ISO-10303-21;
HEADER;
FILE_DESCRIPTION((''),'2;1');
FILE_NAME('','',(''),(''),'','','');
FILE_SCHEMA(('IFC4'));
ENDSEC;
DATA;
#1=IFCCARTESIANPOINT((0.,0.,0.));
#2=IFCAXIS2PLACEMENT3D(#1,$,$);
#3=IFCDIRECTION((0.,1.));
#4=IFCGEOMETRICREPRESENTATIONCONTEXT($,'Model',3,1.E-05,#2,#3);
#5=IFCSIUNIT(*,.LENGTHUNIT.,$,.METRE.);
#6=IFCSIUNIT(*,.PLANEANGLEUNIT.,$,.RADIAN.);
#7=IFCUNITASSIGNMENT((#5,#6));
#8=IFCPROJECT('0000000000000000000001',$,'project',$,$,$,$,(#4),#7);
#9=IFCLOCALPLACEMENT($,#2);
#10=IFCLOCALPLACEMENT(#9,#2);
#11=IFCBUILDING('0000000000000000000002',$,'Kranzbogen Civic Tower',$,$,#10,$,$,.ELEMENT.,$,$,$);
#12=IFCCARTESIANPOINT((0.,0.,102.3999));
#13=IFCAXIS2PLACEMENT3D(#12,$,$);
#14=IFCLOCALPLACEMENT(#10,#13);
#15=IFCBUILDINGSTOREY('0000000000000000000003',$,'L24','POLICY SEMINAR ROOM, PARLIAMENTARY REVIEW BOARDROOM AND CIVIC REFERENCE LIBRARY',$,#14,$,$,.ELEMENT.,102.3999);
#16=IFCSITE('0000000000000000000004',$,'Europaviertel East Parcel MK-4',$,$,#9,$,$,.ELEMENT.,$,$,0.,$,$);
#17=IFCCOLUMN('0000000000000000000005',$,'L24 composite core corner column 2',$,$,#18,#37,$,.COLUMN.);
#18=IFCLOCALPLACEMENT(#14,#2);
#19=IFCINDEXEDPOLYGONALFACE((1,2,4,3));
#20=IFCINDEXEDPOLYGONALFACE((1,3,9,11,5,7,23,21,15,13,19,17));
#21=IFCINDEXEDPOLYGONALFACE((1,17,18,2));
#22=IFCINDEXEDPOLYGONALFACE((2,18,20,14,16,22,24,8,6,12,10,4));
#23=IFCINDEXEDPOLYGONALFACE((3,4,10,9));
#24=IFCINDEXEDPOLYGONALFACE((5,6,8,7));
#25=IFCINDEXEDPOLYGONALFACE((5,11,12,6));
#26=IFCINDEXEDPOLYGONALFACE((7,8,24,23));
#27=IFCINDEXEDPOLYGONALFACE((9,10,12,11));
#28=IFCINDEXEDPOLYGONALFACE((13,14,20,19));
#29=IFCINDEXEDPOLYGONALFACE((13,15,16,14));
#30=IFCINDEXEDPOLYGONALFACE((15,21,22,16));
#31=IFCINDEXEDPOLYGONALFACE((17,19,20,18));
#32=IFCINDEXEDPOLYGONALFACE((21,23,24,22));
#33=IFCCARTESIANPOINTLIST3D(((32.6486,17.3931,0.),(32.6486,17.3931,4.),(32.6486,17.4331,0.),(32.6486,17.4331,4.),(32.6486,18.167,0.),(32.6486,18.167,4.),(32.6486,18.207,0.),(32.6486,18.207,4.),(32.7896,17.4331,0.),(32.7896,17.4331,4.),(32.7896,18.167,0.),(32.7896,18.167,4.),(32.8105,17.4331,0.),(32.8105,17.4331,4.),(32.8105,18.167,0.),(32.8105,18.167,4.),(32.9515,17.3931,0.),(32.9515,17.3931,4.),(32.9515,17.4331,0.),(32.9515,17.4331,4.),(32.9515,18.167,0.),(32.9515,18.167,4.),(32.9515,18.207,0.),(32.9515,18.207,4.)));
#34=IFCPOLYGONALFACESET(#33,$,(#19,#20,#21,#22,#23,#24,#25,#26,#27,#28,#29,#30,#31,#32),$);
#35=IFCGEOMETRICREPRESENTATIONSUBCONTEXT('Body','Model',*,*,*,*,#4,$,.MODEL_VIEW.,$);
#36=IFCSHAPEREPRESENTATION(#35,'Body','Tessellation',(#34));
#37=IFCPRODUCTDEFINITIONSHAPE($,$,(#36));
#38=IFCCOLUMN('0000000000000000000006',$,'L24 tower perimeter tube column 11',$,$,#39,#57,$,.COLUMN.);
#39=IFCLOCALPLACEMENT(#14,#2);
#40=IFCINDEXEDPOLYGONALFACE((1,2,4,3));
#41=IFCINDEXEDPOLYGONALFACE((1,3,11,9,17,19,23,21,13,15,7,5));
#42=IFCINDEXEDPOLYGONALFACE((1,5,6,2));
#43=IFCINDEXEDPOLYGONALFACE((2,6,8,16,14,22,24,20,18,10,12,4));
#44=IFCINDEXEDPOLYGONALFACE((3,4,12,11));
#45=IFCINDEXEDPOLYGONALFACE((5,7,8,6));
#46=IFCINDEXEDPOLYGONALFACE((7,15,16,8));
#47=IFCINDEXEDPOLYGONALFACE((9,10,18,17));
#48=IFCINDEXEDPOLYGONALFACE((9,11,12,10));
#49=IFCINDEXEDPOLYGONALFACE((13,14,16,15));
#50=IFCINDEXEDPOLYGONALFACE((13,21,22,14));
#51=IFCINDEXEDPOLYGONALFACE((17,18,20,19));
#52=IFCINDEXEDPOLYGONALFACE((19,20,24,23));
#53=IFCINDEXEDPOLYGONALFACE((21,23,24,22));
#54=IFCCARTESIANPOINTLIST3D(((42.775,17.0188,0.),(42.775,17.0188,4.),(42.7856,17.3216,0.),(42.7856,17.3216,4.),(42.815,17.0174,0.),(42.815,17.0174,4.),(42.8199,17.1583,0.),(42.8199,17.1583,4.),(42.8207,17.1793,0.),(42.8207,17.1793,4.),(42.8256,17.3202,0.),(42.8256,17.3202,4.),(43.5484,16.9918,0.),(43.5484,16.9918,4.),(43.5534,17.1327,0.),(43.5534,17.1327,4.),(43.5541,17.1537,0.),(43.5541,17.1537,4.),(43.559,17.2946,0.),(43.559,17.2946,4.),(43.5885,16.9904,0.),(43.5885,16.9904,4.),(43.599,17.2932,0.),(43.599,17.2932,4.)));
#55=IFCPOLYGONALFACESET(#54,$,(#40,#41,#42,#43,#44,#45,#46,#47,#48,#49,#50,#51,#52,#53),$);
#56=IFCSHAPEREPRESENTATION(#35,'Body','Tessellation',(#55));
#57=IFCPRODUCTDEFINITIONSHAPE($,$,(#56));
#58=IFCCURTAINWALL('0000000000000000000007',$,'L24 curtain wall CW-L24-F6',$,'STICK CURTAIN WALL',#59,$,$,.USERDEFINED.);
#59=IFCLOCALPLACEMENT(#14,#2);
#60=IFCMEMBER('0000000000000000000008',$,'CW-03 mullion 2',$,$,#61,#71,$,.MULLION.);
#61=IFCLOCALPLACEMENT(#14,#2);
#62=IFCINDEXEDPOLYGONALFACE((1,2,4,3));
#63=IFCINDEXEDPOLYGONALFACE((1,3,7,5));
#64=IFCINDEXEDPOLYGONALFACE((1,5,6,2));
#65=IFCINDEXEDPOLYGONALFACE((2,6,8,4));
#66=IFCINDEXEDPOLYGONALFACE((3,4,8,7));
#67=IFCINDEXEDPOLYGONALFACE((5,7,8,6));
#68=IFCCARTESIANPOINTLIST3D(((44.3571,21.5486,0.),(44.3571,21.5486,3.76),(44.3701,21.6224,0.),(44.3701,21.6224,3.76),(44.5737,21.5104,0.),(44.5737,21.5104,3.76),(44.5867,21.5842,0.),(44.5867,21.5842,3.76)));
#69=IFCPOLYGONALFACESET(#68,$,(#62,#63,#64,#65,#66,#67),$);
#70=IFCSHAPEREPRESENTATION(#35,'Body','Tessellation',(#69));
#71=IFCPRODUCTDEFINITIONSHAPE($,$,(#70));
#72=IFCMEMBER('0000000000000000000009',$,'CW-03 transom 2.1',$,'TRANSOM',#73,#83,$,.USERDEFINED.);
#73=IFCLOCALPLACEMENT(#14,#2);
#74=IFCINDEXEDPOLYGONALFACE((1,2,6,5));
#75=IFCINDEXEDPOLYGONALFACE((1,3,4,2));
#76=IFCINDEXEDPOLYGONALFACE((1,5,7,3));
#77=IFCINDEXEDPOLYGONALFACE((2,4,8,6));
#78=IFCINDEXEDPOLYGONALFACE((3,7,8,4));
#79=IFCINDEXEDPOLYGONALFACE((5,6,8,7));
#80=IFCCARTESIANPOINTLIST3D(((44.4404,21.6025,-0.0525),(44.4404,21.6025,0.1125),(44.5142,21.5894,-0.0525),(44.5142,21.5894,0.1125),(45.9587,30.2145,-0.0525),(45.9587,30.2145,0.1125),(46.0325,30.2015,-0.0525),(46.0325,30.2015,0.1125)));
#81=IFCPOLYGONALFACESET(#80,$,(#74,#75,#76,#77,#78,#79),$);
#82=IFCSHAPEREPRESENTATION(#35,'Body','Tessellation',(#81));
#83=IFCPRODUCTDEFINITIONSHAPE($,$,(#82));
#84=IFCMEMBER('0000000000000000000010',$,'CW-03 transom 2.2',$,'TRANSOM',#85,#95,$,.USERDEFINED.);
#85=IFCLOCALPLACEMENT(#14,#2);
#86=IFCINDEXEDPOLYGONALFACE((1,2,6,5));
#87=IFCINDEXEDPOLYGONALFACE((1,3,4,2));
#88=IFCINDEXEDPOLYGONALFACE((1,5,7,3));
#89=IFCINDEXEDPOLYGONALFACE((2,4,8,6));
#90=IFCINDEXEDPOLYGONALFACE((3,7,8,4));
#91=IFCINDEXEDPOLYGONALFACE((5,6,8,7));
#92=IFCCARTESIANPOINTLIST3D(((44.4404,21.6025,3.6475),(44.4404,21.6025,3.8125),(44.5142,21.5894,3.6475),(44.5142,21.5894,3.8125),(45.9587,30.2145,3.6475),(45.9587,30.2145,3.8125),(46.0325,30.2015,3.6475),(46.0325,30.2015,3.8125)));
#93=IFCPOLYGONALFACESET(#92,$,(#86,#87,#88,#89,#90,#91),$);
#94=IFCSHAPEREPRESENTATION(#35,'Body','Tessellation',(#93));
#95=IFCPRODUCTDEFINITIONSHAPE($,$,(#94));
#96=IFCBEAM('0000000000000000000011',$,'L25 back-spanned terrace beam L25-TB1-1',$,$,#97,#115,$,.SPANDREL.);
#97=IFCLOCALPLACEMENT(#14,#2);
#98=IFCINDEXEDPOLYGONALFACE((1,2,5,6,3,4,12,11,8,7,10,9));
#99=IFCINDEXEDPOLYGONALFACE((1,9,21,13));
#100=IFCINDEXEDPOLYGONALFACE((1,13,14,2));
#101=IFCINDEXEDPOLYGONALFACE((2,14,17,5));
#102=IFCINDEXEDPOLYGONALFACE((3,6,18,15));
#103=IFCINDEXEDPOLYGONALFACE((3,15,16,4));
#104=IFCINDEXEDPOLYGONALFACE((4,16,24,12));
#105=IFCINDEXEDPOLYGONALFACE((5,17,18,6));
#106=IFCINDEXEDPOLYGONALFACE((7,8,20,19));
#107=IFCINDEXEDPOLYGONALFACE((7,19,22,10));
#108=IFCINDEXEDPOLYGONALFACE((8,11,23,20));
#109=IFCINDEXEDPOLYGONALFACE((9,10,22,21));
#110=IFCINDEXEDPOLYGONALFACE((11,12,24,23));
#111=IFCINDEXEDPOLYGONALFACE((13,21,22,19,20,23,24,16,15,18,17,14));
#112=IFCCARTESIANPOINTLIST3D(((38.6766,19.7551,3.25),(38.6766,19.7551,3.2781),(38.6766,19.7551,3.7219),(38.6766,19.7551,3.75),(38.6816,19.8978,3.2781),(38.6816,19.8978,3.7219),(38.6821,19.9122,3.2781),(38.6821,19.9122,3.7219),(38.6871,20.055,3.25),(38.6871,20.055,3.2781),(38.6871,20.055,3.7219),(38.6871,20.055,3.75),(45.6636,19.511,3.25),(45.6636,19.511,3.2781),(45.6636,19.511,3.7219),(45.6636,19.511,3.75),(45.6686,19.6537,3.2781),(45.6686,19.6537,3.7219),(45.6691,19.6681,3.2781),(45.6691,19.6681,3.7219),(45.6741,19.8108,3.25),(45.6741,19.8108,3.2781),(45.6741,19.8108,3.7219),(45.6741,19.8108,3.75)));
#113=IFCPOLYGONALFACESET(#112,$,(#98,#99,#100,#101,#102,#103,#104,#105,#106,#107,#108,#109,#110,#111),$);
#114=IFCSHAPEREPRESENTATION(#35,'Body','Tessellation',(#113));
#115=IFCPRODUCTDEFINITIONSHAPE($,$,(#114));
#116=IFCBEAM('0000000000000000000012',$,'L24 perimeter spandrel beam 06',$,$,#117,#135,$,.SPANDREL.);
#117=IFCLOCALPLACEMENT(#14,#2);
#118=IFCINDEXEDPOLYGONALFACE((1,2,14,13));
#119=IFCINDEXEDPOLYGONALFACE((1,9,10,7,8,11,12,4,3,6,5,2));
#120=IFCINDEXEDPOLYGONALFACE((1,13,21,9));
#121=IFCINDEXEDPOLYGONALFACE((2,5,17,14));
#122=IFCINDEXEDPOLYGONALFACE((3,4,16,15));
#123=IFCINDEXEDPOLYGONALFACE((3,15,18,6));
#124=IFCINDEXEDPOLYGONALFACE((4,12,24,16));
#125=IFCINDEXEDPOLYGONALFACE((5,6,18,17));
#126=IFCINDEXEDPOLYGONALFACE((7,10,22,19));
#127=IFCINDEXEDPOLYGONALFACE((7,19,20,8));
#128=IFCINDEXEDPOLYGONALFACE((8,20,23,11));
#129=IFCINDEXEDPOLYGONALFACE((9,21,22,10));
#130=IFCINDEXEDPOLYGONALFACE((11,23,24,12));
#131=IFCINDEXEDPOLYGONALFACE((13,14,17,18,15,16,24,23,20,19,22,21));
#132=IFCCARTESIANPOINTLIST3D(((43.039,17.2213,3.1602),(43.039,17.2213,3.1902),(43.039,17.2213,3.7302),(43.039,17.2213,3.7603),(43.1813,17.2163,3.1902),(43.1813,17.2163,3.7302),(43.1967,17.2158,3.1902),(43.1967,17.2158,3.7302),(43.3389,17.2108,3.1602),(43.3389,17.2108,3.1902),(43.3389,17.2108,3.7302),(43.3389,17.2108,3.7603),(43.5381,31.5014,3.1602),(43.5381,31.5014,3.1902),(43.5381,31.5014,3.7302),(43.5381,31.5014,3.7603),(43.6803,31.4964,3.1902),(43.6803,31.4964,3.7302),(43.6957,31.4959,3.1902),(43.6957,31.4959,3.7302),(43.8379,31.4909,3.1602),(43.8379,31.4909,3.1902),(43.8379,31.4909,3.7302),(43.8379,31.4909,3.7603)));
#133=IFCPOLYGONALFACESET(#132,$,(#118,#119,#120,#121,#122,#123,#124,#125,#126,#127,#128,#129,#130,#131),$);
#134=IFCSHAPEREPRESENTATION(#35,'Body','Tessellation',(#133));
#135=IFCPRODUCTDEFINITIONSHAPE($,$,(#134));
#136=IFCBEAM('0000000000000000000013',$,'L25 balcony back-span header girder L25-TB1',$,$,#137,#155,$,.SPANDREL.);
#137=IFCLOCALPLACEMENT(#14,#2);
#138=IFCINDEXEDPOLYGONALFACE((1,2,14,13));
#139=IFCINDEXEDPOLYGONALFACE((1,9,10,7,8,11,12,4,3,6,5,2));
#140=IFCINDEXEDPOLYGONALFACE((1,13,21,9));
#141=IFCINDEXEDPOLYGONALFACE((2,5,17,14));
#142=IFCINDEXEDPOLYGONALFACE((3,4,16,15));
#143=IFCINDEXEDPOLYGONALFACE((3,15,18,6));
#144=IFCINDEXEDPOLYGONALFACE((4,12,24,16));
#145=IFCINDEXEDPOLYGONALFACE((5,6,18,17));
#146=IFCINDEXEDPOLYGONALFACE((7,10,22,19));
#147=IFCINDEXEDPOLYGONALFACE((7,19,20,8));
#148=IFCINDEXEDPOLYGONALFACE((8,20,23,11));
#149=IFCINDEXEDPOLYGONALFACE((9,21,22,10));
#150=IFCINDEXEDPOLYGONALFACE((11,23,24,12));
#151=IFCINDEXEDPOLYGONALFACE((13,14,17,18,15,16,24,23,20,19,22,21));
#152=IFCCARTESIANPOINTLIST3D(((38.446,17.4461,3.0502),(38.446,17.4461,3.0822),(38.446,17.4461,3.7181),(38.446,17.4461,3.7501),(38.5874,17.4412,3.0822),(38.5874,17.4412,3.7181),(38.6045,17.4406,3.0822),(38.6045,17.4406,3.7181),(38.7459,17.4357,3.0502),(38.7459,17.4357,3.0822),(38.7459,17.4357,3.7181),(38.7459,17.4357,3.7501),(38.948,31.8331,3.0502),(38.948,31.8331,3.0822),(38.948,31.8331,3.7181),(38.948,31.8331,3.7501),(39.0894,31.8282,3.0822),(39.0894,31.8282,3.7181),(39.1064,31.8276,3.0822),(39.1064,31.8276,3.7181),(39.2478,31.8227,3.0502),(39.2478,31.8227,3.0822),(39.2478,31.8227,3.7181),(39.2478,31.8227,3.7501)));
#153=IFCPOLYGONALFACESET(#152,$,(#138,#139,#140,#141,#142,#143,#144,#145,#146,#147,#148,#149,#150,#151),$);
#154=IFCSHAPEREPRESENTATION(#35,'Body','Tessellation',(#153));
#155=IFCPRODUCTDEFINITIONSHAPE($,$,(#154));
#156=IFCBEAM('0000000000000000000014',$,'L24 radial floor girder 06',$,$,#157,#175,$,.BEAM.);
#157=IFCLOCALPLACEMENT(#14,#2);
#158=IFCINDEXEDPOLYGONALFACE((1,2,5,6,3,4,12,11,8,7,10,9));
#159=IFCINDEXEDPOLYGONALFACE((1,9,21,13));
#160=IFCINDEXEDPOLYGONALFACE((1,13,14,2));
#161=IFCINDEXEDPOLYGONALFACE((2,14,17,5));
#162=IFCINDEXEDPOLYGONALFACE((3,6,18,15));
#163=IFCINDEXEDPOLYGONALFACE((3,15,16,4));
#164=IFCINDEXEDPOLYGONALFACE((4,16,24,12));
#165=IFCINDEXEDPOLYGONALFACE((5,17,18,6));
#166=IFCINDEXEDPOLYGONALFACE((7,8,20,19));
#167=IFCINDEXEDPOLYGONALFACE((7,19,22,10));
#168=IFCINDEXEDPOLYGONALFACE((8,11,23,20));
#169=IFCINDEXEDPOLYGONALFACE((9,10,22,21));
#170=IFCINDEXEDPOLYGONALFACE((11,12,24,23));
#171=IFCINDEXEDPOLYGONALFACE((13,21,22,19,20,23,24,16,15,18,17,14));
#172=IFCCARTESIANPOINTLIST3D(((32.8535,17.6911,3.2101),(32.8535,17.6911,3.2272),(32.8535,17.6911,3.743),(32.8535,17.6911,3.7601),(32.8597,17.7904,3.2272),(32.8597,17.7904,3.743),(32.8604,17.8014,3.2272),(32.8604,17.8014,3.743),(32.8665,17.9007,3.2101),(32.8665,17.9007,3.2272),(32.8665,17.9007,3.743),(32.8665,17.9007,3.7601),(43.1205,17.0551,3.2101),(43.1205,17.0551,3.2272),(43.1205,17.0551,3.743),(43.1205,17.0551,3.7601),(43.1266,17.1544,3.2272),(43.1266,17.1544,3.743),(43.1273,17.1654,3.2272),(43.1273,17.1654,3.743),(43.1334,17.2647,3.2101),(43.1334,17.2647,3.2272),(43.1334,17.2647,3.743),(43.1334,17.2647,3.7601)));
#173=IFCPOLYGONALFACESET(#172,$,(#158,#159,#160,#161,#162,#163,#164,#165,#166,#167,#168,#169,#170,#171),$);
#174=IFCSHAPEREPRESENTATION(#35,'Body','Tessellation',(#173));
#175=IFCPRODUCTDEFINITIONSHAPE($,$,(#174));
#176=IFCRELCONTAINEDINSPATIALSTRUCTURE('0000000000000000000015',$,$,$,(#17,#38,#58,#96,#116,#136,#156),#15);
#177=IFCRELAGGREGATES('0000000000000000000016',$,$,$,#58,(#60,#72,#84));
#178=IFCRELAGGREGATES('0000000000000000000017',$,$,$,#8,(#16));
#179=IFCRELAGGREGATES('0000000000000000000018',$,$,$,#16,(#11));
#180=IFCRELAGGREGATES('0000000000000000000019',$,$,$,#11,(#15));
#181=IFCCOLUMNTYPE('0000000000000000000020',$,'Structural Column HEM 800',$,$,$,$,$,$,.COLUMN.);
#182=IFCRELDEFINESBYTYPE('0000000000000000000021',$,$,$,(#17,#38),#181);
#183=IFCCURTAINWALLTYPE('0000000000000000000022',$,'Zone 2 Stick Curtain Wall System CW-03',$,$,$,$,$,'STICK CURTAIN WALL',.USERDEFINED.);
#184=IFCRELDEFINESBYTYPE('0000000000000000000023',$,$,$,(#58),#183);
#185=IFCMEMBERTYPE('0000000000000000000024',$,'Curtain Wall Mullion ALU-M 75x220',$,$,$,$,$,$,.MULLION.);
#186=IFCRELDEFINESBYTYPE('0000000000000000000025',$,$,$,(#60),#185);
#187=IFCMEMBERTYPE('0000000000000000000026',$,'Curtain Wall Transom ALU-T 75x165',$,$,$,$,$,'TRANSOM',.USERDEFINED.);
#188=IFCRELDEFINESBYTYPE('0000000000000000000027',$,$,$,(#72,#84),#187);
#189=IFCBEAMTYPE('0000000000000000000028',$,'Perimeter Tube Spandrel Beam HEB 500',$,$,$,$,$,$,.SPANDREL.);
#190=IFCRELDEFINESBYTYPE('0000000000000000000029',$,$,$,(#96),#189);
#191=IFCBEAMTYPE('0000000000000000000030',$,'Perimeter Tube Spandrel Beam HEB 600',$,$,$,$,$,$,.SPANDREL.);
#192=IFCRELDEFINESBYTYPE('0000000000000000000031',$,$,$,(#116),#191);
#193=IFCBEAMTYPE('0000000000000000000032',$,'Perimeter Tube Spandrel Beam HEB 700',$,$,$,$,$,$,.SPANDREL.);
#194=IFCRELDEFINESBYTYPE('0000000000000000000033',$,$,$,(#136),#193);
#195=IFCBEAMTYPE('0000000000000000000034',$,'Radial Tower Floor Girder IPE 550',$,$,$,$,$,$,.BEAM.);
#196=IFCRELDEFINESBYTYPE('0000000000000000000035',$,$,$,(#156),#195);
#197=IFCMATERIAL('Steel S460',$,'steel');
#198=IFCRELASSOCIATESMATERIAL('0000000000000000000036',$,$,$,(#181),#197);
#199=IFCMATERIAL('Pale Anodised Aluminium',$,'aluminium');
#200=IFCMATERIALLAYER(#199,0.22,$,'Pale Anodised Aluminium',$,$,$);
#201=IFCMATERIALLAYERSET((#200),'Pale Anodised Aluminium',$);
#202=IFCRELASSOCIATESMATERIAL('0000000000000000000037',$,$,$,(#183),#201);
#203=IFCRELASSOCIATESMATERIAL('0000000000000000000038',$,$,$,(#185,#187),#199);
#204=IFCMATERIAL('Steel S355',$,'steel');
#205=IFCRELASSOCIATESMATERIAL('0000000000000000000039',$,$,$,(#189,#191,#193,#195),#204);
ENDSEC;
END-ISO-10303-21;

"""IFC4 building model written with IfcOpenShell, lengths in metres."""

from ifc_helpers import new_model, si_unit, direction, frame, origin, origin_2d, place, context, subcontext, project, spatial, rectangle, i_section, extrude, material, layer, layer_set, material_profile, profile_set, type_object, element, aggregate, save


model = new_model("IFC4")

# Units and contexts
model_context = context("Model", 3, precision=1e-05, world=origin(), true_north=direction((0.0, 1.0)))
body_context = subcontext(model_context, "Body", "Model", "MODEL_VIEW")
ifc_project = project(units=[si_unit("LENGTHUNIT", "METRE"), si_unit("PLANEANGLEUNIT", "RADIAN")], contexts=[model_context])

# Site, building, storey
site_placement = place(None, origin())
site = spatial("IfcSite", under=ifc_project, at=site_placement, Name="Europaviertel East Parcel MK-4", CompositionType="ELEMENT", RefElevation=0.0)
building_placement = place(site_placement, origin())
building = spatial("IfcBuilding", under=site, at=building_placement, Name="Kranzbogen Civic Tower", CompositionType="ELEMENT")
storey_placement = place(building_placement, frame((0.0, 0.0, 102.3999)))
storey = spatial("IfcBuildingStorey", under=building, at=storey_placement, Name="L24", Description="POLICY SEMINAR ROOM, PARLIAMENTARY REVIEW BOARDROOM AND CIVIC REFERENCE LIBRARY", CompositionType="ELEMENT", Elevation=102.3999)

# Columns
ifc_material_1 = material(Name="Steel S460", Category="steel")
ifc_material_profile_1 = material_profile(ifc_material_1, i_section(OverallWidth=0.303, OverallDepth=0.814, WebThickness=0.021, FlangeThickness=0.04, at=origin_2d()), Name="HEM 800")
ifc_profile_set_1 = profile_set([ifc_material_profile_1], Name="Steel S460")
column_type = type_object("IfcColumnType", Name="Structural Column HEM 800", PredefinedType="COLUMN", material=ifc_profile_set_1)
for number, where, z_axis, x_axis, name in (
    (1, (32.8, 17.8, 0.0), (0.0, 0.0, 1.0), (1.0, 0.0, 0.0), "L24 composite core corner column 2"),
    (2, (43.187, 17.156, 0.0), (0.0, 0.0, 1.0), (0.034899, 0.999391, 0.0), "L24 tower perimeter tube column 11"),
):
    element("IfcColumn", number, at=place(storey_placement, frame(where, z_axis=z_axis, x_axis=x_axis)), inside=storey, type_object=column_type, Name=name, PredefinedType="COLUMN", context=body_context, shape_type="SweptSolid", body=[
        extrude(i_section(OverallWidth=0.303, OverallDepth=0.814, WebThickness=0.021, FlangeThickness=0.04, at=origin_2d()), origin(), (0.0, 0.0, 1.0), 4.0),
    ])

# Curtain wall, members
ifc_material_2 = material(Name="Pale Anodised Aluminium", Category="aluminium")
ifc_layer_1 = layer(ifc_material_2, 0.22, Name="Pale Anodised Aluminium")
ifc_layer_set_1 = layer_set([ifc_layer_1], Name="Pale Anodised Aluminium")
curtain_wall_type = type_object("IfcCurtainWallType", Name="Zone 2 Stick Curtain Wall System CW-03", ElementType="STICK CURTAIN WALL", PredefinedType="USERDEFINED", material=ifc_layer_set_1)
curtain_wall_placement = place(storey_placement, origin())
curtain_wall = element("IfcCurtainWall", 3, at=curtain_wall_placement, inside=storey, type_object=curtain_wall_type, Name="L24 curtain wall CW-L24-F6", ObjectType="STICK CURTAIN WALL", PredefinedType="USERDEFINED")
ifc_material_profile_2 = material_profile(ifc_material_2, rectangle(XDim=0.075, YDim=0.22, at=origin_2d()), Name="ALU-M 75x220")
ifc_profile_set_2 = profile_set([ifc_material_profile_2], Name="Pale Anodised Aluminium")
member_type_1 = type_object("IfcMemberType", Name="Curtain Wall Mullion ALU-M 75x220", PredefinedType="MULLION", material=ifc_profile_set_2)
member_1_placement = place(storey_placement, frame((44.4719, 21.5664, 0.0), z_axis=(0.0, 0.0, 1.0), x_axis=(0.173634, 0.98481, 0.0)))
member_1 = element("IfcMember", 4, at=member_1_placement, type_object=member_type_1, Name="CW-03 mullion 2", PredefinedType="MULLION", context=body_context, shape_type="SweptSolid", body=[
    extrude(rectangle(XDim=0.075, YDim=0.22, at=origin_2d()), origin(), (0.0, 0.0, 1.0), 3.76),
])
ifc_material_profile_3 = material_profile(ifc_material_2, rectangle(XDim=0.075, YDim=0.165, at=origin_2d()), Name="ALU-T 75x165")
ifc_profile_set_3 = profile_set([ifc_material_profile_3], Name="Pale Anodised Aluminium")
member_type_2 = type_object("IfcMemberType", Name="Curtain Wall Transom ALU-T 75x165", ElementType="TRANSOM", PredefinedType="USERDEFINED", material=ifc_profile_set_3)
member_2_placement = place(storey_placement, frame((44.4773, 21.5959, 0.03), z_axis=(0.173623, 0.984812, 0.0), x_axis=(-0.984812, 0.173623, 0.0)))
member_2 = element("IfcMember", 5, at=member_2_placement, type_object=member_type_2, Name="CW-03 transom 2.1", ObjectType="TRANSOM", PredefinedType="USERDEFINED", context=body_context, shape_type="SweptSolid", body=[
    extrude(rectangle(XDim=0.075, YDim=0.165, at=origin_2d()), origin(), (0.0, 0.0, 1.0), 8.7449),
])
member_3_placement = place(storey_placement, frame((44.4773, 21.5959, 3.73), z_axis=(0.173623, 0.984812, 0.0), x_axis=(-0.984812, 0.173623, 0.0)))
member_3 = element("IfcMember", 6, at=member_3_placement, type_object=member_type_2, Name="CW-03 transom 2.2", ObjectType="TRANSOM", PredefinedType="USERDEFINED", context=body_context, shape_type="SweptSolid", body=[
    extrude(rectangle(XDim=0.075, YDim=0.165, at=origin_2d()), origin(), (0.0, 0.0, 1.0), 8.7449),
])

# Beams
ifc_material_3 = material(Name="Steel S355", Category="steel")
ifc_material_profile_4 = material_profile(ifc_material_3, i_section(OverallWidth=0.3, OverallDepth=0.5, WebThickness=0.0144, FlangeThickness=0.0281, at=origin_2d()), Name="HEB 500")
ifc_profile_set_4 = profile_set([ifc_material_profile_4], Name="Steel S355")
beam_type_1 = type_object("IfcBeamType", Name="Perimeter Tube Spandrel Beam HEB 500", PredefinedType="SPANDREL", material=ifc_profile_set_4)
beam_1_placement = place(storey_placement, frame((38.6819, 19.905, 3.5), z_axis=(0.99939, -0.034921, 0.0), x_axis=(0.034921, 0.99939, 0.0)))
element("IfcBeam", 7, at=beam_1_placement, inside=storey, type_object=beam_type_1, Name="L25 back-spanned terrace beam L25-TB1-1", PredefinedType="SPANDREL", context=body_context, shape_type="SweptSolid", body=[
    extrude(i_section(OverallWidth=0.3, OverallDepth=0.5, WebThickness=0.0144, FlangeThickness=0.0281, at=origin_2d()), origin(), (0.0, 0.0, 1.0), 6.9912),
])
ifc_material_profile_5 = material_profile(ifc_material_3, i_section(OverallWidth=0.3, OverallDepth=0.6001, WebThickness=0.0154, FlangeThickness=0.03, at=origin_2d()), Name="HEB 600")
ifc_profile_set_5 = profile_set([ifc_material_profile_5], Name="Steel S355")
beam_type_2 = type_object("IfcBeamType", Name="Perimeter Tube Spandrel Beam HEB 600", PredefinedType="SPANDREL", material=ifc_profile_set_5)
beam_2_placement = place(storey_placement, frame((43.189, 17.2161, 3.4602), z_axis=(0.034924, 0.99939, 0.0), x_axis=(-0.99939, 0.034924, 0.0)))
element("IfcBeam", 8, at=beam_2_placement, inside=storey, type_object=beam_type_2, Name="L24 perimeter spandrel beam 06", PredefinedType="SPANDREL", context=body_context, shape_type="SweptSolid", body=[
    extrude(i_section(OverallWidth=0.3, OverallDepth=0.6001, WebThickness=0.0154, FlangeThickness=0.03, at=origin_2d()), origin(), (0.0, 0.0, 1.0), 14.2888),
])
ifc_material_profile_6 = material_profile(ifc_material_3, i_section(OverallWidth=0.3, OverallDepth=0.7, WebThickness=0.0171, FlangeThickness=0.032, at=origin_2d()), Name="HEB 700")
ifc_profile_set_6 = profile_set([ifc_material_profile_6], Name="Steel S355")
beam_type_3 = type_object("IfcBeamType", Name="Perimeter Tube Spandrel Beam HEB 700", PredefinedType="SPANDREL", material=ifc_profile_set_6)
beam_3_placement = place(storey_placement, frame((38.5959, 17.4409, 3.4001), z_axis=(0.034868, 0.999392, 0.0), x_axis=(-0.999392, 0.034868, 0.0)))
element("IfcBeam", 9, at=beam_3_placement, inside=storey, type_object=beam_type_3, Name="L25 balcony back-span header girder L25-TB1", PredefinedType="SPANDREL", context=body_context, shape_type="SweptSolid", body=[
    extrude(i_section(OverallWidth=0.3, OverallDepth=0.7, WebThickness=0.0171, FlangeThickness=0.032, at=origin_2d()), origin(), (0.0, 0.0, 1.0), 14.3958),
])
ifc_material_profile_7 = material_profile(ifc_material_3, i_section(OverallWidth=0.21, OverallDepth=0.55, WebThickness=0.011, FlangeThickness=0.0171, at=origin_2d()), Name="IPE 550")
ifc_profile_set_7 = profile_set([ifc_material_profile_7], Name="Steel S355")
beam_type_4 = type_object("IfcBeamType", Name="Radial Tower Floor Girder IPE 550", PredefinedType="BEAM", material=ifc_profile_set_7)
beam_4_placement = place(storey_placement, frame((43.127, 17.1599, 3.4851), z_axis=(-0.998087, 0.061827, 0.0), x_axis=(-0.061827, -0.998087, 0.0)))
element("IfcBeam", 10, at=beam_4_placement, inside=storey, type_object=beam_type_4, Name="L24 radial floor girder 06", PredefinedType="BEAM", context=body_context, shape_type="SweptSolid", body=[
    extrude(i_section(OverallWidth=0.21, OverallDepth=0.55, WebThickness=0.011, FlangeThickness=0.0171, at=origin_2d()), origin(), (0.0, 0.0, 1.0), 10.2866),
])

aggregate(curtain_wall, [member_1, member_2, member_3])

save(model, "model.ifc")
